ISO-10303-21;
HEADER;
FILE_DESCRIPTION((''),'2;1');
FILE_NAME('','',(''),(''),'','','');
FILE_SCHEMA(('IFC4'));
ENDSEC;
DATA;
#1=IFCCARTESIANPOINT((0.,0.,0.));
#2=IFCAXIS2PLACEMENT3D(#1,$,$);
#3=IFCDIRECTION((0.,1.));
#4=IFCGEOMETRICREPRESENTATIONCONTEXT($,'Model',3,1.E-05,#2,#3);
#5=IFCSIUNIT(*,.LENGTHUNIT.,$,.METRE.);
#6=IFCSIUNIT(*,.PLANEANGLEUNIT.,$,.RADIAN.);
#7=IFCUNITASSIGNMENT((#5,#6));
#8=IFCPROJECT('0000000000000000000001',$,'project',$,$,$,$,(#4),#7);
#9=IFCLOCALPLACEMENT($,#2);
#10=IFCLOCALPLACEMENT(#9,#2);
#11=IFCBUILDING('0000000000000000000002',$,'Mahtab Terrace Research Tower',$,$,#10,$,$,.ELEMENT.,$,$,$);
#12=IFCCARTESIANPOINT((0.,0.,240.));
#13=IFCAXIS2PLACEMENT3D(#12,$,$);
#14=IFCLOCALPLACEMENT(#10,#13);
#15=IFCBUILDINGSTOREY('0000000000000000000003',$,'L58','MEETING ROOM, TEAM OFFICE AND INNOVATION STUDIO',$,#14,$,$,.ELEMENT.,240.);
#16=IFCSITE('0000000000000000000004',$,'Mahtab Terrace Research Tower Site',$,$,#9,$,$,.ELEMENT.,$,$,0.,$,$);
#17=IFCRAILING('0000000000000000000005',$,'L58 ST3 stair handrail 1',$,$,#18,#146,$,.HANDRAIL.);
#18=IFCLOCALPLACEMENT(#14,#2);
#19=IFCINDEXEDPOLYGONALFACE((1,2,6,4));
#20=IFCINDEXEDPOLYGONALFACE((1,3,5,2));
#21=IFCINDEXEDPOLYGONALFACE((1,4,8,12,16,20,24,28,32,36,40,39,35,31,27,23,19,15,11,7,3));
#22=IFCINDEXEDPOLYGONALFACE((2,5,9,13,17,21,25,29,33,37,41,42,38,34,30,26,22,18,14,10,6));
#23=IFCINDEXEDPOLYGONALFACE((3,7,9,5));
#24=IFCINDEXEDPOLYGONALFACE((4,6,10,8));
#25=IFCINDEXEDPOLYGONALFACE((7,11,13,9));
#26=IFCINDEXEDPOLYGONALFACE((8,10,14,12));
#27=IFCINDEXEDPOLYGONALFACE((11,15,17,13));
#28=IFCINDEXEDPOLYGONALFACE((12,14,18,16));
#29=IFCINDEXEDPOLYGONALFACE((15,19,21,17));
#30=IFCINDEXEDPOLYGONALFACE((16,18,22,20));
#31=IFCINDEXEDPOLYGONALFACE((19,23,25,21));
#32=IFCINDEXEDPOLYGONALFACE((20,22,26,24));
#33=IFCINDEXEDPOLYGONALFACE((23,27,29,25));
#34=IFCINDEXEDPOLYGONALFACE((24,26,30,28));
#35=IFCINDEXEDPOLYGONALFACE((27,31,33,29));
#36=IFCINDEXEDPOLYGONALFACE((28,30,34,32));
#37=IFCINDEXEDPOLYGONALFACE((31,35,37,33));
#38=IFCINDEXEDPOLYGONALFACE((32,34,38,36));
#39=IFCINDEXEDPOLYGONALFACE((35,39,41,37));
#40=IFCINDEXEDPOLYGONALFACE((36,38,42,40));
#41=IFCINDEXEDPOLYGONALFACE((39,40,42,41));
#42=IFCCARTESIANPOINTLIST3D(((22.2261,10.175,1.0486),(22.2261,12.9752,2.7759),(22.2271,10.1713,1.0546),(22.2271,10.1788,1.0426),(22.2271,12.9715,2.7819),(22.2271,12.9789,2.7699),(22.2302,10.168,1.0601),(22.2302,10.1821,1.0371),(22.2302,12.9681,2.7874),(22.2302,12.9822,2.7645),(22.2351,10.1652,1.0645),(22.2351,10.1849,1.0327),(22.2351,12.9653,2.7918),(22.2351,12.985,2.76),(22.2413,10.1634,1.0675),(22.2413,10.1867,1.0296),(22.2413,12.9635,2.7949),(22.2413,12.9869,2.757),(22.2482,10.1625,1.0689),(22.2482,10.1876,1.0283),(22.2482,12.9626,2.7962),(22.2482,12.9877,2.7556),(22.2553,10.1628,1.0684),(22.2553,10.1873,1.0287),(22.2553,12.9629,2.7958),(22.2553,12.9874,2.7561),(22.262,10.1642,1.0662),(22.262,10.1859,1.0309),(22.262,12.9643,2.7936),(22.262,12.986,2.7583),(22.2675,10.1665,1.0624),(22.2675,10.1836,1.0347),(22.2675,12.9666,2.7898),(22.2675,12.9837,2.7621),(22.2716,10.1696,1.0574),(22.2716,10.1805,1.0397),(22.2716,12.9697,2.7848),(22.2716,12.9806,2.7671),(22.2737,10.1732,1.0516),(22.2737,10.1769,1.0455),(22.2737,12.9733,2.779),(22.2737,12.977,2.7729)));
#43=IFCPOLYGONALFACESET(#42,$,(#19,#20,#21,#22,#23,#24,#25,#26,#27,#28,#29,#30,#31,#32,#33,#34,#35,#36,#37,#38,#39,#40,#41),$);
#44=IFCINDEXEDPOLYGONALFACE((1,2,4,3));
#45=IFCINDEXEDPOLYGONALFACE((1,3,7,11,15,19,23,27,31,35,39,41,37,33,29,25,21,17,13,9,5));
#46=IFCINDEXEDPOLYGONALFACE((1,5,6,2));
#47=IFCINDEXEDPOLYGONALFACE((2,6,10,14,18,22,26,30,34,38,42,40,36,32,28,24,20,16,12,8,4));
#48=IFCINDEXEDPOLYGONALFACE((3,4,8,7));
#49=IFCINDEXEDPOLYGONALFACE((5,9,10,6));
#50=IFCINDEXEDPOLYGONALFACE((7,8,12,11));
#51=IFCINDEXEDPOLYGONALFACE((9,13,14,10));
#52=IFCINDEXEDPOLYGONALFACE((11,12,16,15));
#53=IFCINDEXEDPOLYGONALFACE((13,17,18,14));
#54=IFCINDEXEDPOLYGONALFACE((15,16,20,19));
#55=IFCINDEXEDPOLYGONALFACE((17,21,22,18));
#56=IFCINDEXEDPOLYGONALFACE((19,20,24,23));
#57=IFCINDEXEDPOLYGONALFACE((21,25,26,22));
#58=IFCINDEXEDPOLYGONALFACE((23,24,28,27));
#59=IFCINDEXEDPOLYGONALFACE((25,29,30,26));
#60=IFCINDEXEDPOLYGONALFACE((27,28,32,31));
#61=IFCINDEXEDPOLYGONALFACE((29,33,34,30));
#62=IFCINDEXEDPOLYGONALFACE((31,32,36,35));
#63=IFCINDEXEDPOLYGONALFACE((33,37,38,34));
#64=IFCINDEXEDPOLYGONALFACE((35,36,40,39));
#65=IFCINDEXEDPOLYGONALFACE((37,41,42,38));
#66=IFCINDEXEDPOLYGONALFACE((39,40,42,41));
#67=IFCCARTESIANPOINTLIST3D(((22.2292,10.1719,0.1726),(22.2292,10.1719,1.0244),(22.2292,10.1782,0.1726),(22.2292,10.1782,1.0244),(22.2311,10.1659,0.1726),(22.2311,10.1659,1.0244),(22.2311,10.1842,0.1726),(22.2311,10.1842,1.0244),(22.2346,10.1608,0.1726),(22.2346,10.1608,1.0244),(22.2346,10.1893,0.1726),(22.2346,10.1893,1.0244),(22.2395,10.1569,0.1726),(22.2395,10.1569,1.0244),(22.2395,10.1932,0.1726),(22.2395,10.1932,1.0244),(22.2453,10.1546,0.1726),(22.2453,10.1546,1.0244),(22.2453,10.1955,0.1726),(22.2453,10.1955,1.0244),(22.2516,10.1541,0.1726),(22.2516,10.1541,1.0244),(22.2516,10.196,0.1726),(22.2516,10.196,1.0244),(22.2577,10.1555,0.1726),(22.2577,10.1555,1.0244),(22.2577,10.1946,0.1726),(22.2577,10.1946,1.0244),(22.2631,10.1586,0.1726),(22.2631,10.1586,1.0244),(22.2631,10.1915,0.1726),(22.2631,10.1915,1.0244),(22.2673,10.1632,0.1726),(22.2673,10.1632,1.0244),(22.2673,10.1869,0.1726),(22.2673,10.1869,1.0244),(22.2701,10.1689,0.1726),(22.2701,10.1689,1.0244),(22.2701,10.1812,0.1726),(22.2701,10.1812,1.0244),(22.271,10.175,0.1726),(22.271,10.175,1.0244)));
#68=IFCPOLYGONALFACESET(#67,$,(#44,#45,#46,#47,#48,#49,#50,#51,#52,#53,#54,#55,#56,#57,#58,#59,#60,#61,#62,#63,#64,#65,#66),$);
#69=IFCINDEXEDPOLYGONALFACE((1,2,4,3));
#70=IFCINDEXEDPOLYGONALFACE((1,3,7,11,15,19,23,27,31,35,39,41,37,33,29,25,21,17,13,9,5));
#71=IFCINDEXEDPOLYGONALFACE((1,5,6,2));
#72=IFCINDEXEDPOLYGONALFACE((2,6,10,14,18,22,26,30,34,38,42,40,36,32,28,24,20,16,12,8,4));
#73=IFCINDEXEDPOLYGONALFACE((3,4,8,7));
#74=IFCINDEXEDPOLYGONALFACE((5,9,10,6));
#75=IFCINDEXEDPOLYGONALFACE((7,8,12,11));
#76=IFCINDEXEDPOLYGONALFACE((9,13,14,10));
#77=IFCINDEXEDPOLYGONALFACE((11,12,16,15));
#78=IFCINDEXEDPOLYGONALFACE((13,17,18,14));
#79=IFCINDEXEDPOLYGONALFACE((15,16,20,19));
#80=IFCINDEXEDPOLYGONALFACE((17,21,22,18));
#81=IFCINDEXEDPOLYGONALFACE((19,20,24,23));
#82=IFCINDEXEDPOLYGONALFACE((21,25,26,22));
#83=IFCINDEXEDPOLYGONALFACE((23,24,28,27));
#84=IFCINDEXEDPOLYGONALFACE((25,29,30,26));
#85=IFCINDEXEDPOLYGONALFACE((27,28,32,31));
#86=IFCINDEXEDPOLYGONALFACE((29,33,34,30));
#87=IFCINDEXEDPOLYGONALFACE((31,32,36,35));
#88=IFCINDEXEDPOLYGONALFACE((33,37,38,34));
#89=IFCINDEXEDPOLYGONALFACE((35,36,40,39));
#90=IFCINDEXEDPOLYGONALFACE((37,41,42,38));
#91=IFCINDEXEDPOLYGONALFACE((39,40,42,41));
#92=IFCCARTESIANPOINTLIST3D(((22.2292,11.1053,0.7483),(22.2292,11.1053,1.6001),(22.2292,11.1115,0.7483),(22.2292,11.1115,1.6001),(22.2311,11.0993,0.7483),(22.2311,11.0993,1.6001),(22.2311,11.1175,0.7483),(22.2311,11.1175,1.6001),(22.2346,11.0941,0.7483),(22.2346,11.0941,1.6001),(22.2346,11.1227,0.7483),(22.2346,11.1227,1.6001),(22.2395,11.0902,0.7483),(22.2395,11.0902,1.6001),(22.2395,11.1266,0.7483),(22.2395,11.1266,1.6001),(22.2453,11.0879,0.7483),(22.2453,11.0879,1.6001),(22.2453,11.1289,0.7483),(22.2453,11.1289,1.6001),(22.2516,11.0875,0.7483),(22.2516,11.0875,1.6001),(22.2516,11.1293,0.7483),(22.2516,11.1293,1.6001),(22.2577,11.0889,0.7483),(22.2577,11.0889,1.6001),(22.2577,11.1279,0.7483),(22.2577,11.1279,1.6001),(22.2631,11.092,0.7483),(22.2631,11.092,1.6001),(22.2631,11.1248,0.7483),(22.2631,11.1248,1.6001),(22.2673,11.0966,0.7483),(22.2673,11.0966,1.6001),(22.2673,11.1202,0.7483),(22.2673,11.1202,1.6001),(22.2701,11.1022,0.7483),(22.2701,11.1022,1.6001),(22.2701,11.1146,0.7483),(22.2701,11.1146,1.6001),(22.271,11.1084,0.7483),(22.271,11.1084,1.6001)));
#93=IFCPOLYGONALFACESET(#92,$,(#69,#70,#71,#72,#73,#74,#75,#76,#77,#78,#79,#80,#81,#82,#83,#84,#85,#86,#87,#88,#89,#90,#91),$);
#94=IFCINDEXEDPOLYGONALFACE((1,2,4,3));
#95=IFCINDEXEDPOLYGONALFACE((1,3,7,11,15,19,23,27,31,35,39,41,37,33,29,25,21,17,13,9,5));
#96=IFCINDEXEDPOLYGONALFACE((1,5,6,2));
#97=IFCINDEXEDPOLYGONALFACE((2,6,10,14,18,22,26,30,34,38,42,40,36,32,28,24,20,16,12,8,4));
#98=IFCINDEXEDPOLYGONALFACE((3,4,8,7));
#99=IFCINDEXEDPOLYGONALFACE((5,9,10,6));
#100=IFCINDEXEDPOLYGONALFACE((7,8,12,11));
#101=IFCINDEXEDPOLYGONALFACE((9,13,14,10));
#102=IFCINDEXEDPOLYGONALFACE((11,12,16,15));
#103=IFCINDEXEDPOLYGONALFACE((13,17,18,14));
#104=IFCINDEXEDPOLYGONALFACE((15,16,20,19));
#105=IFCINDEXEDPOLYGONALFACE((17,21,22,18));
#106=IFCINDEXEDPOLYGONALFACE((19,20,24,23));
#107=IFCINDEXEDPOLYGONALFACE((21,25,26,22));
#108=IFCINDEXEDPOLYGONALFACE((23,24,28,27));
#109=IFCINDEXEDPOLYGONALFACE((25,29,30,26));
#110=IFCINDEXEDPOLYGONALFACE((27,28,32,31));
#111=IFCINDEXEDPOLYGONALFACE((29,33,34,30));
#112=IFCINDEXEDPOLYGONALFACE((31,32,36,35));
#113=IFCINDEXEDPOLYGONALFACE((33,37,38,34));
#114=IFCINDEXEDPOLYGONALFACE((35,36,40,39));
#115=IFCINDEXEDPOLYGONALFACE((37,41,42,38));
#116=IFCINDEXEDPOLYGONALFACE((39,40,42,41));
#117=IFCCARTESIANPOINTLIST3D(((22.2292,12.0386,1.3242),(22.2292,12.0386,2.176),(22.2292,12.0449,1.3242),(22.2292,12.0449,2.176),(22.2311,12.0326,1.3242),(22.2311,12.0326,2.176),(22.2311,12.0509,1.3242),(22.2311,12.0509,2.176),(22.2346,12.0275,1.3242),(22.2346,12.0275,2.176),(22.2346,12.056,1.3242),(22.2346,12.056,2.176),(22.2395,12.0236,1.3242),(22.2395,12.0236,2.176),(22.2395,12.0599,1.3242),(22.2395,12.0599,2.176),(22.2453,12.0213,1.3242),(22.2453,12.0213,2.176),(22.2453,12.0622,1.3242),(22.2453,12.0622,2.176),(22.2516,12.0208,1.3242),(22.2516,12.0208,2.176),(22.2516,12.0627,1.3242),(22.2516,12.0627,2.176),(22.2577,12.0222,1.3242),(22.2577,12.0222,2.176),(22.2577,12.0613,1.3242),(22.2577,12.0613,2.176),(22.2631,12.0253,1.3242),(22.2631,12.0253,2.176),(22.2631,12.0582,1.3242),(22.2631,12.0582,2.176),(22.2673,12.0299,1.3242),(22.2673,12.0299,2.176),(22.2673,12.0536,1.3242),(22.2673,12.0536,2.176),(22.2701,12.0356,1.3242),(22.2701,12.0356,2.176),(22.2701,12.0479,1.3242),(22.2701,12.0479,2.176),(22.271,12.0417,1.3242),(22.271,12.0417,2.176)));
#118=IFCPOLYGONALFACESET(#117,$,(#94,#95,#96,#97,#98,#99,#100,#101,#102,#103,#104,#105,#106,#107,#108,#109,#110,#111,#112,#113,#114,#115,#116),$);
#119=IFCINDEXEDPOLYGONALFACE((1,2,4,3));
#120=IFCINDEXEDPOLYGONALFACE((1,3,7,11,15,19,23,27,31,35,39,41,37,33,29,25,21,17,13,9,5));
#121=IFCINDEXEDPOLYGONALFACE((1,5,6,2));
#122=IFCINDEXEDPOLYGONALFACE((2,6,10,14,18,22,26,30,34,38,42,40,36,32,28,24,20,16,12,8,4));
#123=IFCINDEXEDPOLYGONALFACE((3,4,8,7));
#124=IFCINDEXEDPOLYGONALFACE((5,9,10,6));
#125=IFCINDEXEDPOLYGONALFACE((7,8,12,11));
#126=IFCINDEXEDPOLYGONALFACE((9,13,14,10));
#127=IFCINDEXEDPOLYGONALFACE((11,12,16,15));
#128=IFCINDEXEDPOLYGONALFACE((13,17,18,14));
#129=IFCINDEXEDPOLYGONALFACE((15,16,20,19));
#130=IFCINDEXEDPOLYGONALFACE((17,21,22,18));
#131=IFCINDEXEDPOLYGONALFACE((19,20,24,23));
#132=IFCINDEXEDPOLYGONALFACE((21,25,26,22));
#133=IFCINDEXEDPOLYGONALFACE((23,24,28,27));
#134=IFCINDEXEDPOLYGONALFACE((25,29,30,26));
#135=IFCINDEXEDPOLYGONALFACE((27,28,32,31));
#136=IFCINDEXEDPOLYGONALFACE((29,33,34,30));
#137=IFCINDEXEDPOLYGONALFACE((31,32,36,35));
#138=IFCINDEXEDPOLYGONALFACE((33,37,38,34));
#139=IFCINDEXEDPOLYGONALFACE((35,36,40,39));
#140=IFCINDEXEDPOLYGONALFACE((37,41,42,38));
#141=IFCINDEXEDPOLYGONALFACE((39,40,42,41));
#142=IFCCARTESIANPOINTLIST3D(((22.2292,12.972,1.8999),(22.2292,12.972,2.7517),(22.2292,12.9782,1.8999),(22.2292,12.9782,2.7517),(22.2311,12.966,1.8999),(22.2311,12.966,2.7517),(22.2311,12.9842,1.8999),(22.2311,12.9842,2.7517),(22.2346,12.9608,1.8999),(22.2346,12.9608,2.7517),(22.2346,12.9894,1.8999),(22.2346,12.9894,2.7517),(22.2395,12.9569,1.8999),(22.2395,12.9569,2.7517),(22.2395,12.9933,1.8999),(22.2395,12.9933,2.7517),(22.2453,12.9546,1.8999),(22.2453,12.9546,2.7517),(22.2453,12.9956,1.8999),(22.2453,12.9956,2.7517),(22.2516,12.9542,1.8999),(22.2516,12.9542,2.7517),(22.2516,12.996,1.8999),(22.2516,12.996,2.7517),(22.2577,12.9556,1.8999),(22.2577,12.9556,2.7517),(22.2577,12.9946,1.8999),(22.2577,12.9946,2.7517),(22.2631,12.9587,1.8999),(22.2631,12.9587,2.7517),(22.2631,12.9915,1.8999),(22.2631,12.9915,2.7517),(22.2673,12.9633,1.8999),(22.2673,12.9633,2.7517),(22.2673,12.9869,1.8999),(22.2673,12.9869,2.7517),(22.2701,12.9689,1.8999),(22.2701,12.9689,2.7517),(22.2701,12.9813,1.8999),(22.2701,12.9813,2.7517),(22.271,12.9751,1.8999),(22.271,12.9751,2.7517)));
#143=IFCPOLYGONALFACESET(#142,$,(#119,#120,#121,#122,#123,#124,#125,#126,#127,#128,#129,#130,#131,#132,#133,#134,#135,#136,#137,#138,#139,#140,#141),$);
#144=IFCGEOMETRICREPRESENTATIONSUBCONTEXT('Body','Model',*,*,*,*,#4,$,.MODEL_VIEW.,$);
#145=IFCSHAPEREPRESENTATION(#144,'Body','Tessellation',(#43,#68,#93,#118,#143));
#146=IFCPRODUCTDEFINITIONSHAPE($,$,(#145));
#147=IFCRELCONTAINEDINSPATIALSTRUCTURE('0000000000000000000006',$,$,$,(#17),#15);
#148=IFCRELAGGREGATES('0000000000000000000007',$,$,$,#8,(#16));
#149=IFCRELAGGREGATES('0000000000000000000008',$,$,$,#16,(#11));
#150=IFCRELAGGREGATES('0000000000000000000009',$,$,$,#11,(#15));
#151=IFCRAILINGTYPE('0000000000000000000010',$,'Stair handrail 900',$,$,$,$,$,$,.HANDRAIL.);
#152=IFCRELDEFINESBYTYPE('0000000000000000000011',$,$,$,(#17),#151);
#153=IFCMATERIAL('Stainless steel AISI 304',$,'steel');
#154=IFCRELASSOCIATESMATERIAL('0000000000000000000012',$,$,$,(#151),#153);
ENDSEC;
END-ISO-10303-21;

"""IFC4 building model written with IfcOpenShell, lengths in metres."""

from ifc_helpers import new_model, si_unit, direction, frame, origin, origin_2d, place, context, subcontext, project, spatial, circle, extrude, material, type_object, element, save


model = new_model("IFC4")

# Units and contexts
model_context = context("Model", 3, precision=1e-05, world=origin(), true_north=direction((0.0, 1.0)))
body_context = subcontext(model_context, "Body", "Model", "MODEL_VIEW")
ifc_project = project(units=[si_unit("LENGTHUNIT", "METRE"), si_unit("PLANEANGLEUNIT", "RADIAN")], contexts=[model_context])

# Site, building, storey
site_placement = place(None, origin())
site = spatial("IfcSite", under=ifc_project, at=site_placement, Name="Mahtab Terrace Research Tower Site", CompositionType="ELEMENT", RefElevation=0.0)
building_placement = place(site_placement, origin())
building = spatial("IfcBuilding", under=site, at=building_placement, Name="Mahtab Terrace Research Tower", CompositionType="ELEMENT")
storey_placement = place(building_placement, frame((0.0, 0.0, 240.0)))
storey = spatial("IfcBuildingStorey", under=building, at=storey_placement, Name="L58", Description="MEETING ROOM, TEAM OFFICE AND INNOVATION STUDIO", CompositionType="ELEMENT", Elevation=240.0)

# Shared definitions
ifc_material_1 = material(Name="Stainless steel AISI 304", Category="steel")

# Railing
railing_type_1 = type_object("IfcRailingType", Name="Stair handrail 900", PredefinedType="HANDRAIL", material=ifc_material_1)
railing_1_placement = place(storey_placement, frame((22.25, 10.175, 0.1726)))
element("IfcRailing", 1, at=railing_1_placement, inside=storey, type_object=railing_type_1, Name="L58 ST3 stair handrail 1", PredefinedType="HANDRAIL", context=body_context, shape_type="SweptSolid", body=[
    extrude(circle(Radius=0.0239, at=origin_2d()), frame((0.0, 0.0, 0.876), z_axis=(0.0, 0.85109, 0.52502), x_axis=(-1.0, 0.0, 0.0)), (0.0, 0.0, 1.0), 3.29),
    extrude(circle(Radius=0.021, at=origin_2d()), origin(), (0.0, 0.0, 1.0), 0.8518),
    extrude(circle(Radius=0.021, at=origin_2d()), frame((0.0, 0.9333, 0.5757)), (0.0, 0.0, 1.0), 0.8518),
    extrude(circle(Radius=0.021, at=origin_2d()), frame((0.0, 1.8667, 1.1516)), (0.0, 0.0, 1.0), 0.8518),
    extrude(circle(Radius=0.021, at=origin_2d()), frame((0.0, 2.8, 1.7273)), (0.0, 0.0, 1.0), 0.8518),
])

save(model, "model.ifc")
